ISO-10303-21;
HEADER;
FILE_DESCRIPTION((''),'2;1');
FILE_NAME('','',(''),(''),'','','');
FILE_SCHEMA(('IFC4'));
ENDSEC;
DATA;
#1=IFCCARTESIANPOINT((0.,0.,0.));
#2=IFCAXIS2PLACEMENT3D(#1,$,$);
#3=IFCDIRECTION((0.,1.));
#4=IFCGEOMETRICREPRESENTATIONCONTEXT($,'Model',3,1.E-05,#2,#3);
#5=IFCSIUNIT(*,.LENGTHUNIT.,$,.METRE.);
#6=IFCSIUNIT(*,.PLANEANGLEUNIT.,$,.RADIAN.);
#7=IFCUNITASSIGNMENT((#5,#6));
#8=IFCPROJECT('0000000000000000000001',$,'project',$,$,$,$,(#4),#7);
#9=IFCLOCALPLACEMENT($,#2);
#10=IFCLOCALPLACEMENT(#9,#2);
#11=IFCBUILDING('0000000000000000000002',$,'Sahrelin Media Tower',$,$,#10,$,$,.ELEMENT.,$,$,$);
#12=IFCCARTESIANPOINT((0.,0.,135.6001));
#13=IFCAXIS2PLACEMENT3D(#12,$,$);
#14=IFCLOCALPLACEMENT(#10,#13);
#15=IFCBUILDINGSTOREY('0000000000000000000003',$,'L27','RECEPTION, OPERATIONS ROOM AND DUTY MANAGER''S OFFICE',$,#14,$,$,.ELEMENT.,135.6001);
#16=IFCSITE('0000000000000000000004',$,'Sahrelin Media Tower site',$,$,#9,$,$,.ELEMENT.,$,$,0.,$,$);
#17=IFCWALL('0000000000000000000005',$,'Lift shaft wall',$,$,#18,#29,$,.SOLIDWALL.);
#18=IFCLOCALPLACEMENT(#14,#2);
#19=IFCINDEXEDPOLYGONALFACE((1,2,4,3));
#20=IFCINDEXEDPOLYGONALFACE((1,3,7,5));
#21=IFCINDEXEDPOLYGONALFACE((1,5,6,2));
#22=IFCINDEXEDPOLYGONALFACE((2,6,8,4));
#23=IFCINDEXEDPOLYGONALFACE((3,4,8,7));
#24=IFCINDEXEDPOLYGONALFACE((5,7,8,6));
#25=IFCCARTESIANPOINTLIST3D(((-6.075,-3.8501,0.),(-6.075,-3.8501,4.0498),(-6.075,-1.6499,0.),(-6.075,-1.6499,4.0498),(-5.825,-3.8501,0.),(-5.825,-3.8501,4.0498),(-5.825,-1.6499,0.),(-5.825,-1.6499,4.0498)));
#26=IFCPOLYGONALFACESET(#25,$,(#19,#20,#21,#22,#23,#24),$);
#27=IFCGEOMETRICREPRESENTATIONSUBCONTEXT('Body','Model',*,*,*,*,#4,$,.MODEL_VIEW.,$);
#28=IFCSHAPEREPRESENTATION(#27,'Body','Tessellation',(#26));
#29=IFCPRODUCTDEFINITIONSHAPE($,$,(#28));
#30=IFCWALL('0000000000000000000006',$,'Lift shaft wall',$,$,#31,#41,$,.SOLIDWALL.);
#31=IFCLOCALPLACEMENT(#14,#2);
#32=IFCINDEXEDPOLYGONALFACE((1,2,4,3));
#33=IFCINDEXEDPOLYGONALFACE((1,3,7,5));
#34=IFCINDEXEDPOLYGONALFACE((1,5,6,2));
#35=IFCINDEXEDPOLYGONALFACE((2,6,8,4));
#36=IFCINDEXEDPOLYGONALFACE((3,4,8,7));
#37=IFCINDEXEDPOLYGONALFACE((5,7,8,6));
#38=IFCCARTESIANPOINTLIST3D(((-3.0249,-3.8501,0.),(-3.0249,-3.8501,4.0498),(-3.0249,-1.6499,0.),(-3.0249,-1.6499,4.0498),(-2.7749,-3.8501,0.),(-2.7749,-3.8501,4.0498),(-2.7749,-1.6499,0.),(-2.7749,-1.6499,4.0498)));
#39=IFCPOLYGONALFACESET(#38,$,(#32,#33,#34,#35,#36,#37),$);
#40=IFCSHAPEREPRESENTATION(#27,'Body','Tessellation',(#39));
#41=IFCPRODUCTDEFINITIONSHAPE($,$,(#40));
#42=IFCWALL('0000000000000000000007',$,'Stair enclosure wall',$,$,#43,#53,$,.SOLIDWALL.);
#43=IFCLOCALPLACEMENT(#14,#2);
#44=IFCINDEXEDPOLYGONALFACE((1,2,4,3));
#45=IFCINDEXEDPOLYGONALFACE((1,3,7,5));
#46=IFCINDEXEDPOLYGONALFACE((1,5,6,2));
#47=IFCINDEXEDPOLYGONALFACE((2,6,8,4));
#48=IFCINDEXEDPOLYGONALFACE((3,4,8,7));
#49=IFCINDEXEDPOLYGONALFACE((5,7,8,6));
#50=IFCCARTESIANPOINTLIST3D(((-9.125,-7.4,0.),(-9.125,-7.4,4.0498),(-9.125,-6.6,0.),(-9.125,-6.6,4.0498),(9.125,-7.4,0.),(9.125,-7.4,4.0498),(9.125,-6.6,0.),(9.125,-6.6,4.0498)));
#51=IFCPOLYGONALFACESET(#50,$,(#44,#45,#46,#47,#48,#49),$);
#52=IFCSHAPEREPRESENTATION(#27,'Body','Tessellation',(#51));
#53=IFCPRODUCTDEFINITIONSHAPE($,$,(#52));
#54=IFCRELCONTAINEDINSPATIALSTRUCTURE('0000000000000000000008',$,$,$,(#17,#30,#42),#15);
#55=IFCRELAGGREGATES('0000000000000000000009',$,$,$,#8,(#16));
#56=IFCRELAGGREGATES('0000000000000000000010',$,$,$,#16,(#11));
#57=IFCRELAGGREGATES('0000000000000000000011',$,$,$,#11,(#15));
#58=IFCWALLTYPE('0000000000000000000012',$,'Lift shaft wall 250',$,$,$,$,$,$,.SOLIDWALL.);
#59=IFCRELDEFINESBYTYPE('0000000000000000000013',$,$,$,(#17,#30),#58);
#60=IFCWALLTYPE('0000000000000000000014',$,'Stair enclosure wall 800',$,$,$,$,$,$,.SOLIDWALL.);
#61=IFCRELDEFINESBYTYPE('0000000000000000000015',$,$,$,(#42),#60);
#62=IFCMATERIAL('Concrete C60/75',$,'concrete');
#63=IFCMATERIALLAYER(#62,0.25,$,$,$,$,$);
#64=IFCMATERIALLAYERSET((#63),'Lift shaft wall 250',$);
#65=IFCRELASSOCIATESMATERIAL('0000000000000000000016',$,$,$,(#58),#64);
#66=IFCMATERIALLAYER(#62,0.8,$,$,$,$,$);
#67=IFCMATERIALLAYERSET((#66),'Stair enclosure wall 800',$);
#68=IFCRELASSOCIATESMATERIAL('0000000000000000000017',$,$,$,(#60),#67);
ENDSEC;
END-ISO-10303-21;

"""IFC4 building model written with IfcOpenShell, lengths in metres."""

from ifc_helpers import new_model, si_unit, direction, frame, frame_2d, origin, place, context, subcontext, project, spatial, rectangle, extrude, material, layer, layer_set, type_object, element, save


model = new_model("IFC4")

# Units and contexts
model_context = context("Model", 3, precision=1e-05, world=origin(), true_north=direction((0.0, 1.0)))
body_context = subcontext(model_context, "Body", "Model", "MODEL_VIEW")
ifc_project = project(units=[si_unit("LENGTHUNIT", "METRE"), si_unit("PLANEANGLEUNIT", "RADIAN")], contexts=[model_context])

# Site, building, storey
site_placement = place(None, origin())
site = spatial("IfcSite", under=ifc_project, at=site_placement, Name="Sahrelin Media Tower site", CompositionType="ELEMENT", RefElevation=0.0)
building_placement = place(site_placement, origin())
building = spatial("IfcBuilding", under=site, at=building_placement, Name="Sahrelin Media Tower", CompositionType="ELEMENT")
storey_placement = place(building_placement, frame((0.0, 0.0, 135.6001)))
storey = spatial("IfcBuildingStorey", under=building, at=storey_placement, Name="L27", Description="RECEPTION, OPERATIONS ROOM AND DUTY MANAGER'S OFFICE", CompositionType="ELEMENT", Elevation=135.6001)

# Shared definitions
ifc_material_1 = material(Name="Concrete C60/75", Category="concrete")

# Shared definitions
ifc_layer_1 = layer(ifc_material_1, 0.25)
ifc_layer_set_1 = layer_set([ifc_layer_1], Name="Lift shaft wall 250")
wall_type_1 = type_object("IfcWallType", Name="Lift shaft wall 250", PredefinedType="SOLIDWALL", material=ifc_layer_set_1)

# Walls
for number, where, z_axis, x_axis, name in (
    (1, (-5.95, -3.8501, 0.0), (0.0, 0.0, 1.0), (0.0, 1.0, 0.0), "Lift shaft wall"),
    (2, (-2.8999, -3.8501, 0.0), (0.0, 0.0, 1.0), (0.0, 1.0, 0.0), "Lift shaft wall"),
):
    element("IfcWall", number, at=place(storey_placement, frame(where, z_axis=z_axis, x_axis=x_axis)), inside=storey, type_object=wall_type_1, Name=name, PredefinedType="SOLIDWALL", context=body_context, shape_type="SweptSolid", body=[
        extrude(rectangle(XDim=2.2002, YDim=0.25, at=frame_2d((1.1001, 0.0))), origin(), (0.0, 0.0, 1.0), 4.0498),
    ])
ifc_layer_2 = layer(ifc_material_1, 0.8)
ifc_layer_set_2 = layer_set([ifc_layer_2], Name="Stair enclosure wall 800")
wall_type_2 = type_object("IfcWallType", Name="Stair enclosure wall 800", PredefinedType="SOLIDWALL", material=ifc_layer_set_2)
wall_1_placement = place(storey_placement, frame((-9.125, -7.0, 0.0), z_axis=(0.0, 0.0, 1.0), x_axis=(1.0, 0.0, 0.0)))
element("IfcWall", 3, at=wall_1_placement, inside=storey, type_object=wall_type_2, Name="Stair enclosure wall", PredefinedType="SOLIDWALL", context=body_context, shape_type="SweptSolid", body=[
    extrude(rectangle(XDim=18.25, YDim=0.8, at=frame_2d((9.125, 0.0))), origin(), (0.0, 0.0, 1.0), 4.0498),
])

save(model, "model.ifc")
